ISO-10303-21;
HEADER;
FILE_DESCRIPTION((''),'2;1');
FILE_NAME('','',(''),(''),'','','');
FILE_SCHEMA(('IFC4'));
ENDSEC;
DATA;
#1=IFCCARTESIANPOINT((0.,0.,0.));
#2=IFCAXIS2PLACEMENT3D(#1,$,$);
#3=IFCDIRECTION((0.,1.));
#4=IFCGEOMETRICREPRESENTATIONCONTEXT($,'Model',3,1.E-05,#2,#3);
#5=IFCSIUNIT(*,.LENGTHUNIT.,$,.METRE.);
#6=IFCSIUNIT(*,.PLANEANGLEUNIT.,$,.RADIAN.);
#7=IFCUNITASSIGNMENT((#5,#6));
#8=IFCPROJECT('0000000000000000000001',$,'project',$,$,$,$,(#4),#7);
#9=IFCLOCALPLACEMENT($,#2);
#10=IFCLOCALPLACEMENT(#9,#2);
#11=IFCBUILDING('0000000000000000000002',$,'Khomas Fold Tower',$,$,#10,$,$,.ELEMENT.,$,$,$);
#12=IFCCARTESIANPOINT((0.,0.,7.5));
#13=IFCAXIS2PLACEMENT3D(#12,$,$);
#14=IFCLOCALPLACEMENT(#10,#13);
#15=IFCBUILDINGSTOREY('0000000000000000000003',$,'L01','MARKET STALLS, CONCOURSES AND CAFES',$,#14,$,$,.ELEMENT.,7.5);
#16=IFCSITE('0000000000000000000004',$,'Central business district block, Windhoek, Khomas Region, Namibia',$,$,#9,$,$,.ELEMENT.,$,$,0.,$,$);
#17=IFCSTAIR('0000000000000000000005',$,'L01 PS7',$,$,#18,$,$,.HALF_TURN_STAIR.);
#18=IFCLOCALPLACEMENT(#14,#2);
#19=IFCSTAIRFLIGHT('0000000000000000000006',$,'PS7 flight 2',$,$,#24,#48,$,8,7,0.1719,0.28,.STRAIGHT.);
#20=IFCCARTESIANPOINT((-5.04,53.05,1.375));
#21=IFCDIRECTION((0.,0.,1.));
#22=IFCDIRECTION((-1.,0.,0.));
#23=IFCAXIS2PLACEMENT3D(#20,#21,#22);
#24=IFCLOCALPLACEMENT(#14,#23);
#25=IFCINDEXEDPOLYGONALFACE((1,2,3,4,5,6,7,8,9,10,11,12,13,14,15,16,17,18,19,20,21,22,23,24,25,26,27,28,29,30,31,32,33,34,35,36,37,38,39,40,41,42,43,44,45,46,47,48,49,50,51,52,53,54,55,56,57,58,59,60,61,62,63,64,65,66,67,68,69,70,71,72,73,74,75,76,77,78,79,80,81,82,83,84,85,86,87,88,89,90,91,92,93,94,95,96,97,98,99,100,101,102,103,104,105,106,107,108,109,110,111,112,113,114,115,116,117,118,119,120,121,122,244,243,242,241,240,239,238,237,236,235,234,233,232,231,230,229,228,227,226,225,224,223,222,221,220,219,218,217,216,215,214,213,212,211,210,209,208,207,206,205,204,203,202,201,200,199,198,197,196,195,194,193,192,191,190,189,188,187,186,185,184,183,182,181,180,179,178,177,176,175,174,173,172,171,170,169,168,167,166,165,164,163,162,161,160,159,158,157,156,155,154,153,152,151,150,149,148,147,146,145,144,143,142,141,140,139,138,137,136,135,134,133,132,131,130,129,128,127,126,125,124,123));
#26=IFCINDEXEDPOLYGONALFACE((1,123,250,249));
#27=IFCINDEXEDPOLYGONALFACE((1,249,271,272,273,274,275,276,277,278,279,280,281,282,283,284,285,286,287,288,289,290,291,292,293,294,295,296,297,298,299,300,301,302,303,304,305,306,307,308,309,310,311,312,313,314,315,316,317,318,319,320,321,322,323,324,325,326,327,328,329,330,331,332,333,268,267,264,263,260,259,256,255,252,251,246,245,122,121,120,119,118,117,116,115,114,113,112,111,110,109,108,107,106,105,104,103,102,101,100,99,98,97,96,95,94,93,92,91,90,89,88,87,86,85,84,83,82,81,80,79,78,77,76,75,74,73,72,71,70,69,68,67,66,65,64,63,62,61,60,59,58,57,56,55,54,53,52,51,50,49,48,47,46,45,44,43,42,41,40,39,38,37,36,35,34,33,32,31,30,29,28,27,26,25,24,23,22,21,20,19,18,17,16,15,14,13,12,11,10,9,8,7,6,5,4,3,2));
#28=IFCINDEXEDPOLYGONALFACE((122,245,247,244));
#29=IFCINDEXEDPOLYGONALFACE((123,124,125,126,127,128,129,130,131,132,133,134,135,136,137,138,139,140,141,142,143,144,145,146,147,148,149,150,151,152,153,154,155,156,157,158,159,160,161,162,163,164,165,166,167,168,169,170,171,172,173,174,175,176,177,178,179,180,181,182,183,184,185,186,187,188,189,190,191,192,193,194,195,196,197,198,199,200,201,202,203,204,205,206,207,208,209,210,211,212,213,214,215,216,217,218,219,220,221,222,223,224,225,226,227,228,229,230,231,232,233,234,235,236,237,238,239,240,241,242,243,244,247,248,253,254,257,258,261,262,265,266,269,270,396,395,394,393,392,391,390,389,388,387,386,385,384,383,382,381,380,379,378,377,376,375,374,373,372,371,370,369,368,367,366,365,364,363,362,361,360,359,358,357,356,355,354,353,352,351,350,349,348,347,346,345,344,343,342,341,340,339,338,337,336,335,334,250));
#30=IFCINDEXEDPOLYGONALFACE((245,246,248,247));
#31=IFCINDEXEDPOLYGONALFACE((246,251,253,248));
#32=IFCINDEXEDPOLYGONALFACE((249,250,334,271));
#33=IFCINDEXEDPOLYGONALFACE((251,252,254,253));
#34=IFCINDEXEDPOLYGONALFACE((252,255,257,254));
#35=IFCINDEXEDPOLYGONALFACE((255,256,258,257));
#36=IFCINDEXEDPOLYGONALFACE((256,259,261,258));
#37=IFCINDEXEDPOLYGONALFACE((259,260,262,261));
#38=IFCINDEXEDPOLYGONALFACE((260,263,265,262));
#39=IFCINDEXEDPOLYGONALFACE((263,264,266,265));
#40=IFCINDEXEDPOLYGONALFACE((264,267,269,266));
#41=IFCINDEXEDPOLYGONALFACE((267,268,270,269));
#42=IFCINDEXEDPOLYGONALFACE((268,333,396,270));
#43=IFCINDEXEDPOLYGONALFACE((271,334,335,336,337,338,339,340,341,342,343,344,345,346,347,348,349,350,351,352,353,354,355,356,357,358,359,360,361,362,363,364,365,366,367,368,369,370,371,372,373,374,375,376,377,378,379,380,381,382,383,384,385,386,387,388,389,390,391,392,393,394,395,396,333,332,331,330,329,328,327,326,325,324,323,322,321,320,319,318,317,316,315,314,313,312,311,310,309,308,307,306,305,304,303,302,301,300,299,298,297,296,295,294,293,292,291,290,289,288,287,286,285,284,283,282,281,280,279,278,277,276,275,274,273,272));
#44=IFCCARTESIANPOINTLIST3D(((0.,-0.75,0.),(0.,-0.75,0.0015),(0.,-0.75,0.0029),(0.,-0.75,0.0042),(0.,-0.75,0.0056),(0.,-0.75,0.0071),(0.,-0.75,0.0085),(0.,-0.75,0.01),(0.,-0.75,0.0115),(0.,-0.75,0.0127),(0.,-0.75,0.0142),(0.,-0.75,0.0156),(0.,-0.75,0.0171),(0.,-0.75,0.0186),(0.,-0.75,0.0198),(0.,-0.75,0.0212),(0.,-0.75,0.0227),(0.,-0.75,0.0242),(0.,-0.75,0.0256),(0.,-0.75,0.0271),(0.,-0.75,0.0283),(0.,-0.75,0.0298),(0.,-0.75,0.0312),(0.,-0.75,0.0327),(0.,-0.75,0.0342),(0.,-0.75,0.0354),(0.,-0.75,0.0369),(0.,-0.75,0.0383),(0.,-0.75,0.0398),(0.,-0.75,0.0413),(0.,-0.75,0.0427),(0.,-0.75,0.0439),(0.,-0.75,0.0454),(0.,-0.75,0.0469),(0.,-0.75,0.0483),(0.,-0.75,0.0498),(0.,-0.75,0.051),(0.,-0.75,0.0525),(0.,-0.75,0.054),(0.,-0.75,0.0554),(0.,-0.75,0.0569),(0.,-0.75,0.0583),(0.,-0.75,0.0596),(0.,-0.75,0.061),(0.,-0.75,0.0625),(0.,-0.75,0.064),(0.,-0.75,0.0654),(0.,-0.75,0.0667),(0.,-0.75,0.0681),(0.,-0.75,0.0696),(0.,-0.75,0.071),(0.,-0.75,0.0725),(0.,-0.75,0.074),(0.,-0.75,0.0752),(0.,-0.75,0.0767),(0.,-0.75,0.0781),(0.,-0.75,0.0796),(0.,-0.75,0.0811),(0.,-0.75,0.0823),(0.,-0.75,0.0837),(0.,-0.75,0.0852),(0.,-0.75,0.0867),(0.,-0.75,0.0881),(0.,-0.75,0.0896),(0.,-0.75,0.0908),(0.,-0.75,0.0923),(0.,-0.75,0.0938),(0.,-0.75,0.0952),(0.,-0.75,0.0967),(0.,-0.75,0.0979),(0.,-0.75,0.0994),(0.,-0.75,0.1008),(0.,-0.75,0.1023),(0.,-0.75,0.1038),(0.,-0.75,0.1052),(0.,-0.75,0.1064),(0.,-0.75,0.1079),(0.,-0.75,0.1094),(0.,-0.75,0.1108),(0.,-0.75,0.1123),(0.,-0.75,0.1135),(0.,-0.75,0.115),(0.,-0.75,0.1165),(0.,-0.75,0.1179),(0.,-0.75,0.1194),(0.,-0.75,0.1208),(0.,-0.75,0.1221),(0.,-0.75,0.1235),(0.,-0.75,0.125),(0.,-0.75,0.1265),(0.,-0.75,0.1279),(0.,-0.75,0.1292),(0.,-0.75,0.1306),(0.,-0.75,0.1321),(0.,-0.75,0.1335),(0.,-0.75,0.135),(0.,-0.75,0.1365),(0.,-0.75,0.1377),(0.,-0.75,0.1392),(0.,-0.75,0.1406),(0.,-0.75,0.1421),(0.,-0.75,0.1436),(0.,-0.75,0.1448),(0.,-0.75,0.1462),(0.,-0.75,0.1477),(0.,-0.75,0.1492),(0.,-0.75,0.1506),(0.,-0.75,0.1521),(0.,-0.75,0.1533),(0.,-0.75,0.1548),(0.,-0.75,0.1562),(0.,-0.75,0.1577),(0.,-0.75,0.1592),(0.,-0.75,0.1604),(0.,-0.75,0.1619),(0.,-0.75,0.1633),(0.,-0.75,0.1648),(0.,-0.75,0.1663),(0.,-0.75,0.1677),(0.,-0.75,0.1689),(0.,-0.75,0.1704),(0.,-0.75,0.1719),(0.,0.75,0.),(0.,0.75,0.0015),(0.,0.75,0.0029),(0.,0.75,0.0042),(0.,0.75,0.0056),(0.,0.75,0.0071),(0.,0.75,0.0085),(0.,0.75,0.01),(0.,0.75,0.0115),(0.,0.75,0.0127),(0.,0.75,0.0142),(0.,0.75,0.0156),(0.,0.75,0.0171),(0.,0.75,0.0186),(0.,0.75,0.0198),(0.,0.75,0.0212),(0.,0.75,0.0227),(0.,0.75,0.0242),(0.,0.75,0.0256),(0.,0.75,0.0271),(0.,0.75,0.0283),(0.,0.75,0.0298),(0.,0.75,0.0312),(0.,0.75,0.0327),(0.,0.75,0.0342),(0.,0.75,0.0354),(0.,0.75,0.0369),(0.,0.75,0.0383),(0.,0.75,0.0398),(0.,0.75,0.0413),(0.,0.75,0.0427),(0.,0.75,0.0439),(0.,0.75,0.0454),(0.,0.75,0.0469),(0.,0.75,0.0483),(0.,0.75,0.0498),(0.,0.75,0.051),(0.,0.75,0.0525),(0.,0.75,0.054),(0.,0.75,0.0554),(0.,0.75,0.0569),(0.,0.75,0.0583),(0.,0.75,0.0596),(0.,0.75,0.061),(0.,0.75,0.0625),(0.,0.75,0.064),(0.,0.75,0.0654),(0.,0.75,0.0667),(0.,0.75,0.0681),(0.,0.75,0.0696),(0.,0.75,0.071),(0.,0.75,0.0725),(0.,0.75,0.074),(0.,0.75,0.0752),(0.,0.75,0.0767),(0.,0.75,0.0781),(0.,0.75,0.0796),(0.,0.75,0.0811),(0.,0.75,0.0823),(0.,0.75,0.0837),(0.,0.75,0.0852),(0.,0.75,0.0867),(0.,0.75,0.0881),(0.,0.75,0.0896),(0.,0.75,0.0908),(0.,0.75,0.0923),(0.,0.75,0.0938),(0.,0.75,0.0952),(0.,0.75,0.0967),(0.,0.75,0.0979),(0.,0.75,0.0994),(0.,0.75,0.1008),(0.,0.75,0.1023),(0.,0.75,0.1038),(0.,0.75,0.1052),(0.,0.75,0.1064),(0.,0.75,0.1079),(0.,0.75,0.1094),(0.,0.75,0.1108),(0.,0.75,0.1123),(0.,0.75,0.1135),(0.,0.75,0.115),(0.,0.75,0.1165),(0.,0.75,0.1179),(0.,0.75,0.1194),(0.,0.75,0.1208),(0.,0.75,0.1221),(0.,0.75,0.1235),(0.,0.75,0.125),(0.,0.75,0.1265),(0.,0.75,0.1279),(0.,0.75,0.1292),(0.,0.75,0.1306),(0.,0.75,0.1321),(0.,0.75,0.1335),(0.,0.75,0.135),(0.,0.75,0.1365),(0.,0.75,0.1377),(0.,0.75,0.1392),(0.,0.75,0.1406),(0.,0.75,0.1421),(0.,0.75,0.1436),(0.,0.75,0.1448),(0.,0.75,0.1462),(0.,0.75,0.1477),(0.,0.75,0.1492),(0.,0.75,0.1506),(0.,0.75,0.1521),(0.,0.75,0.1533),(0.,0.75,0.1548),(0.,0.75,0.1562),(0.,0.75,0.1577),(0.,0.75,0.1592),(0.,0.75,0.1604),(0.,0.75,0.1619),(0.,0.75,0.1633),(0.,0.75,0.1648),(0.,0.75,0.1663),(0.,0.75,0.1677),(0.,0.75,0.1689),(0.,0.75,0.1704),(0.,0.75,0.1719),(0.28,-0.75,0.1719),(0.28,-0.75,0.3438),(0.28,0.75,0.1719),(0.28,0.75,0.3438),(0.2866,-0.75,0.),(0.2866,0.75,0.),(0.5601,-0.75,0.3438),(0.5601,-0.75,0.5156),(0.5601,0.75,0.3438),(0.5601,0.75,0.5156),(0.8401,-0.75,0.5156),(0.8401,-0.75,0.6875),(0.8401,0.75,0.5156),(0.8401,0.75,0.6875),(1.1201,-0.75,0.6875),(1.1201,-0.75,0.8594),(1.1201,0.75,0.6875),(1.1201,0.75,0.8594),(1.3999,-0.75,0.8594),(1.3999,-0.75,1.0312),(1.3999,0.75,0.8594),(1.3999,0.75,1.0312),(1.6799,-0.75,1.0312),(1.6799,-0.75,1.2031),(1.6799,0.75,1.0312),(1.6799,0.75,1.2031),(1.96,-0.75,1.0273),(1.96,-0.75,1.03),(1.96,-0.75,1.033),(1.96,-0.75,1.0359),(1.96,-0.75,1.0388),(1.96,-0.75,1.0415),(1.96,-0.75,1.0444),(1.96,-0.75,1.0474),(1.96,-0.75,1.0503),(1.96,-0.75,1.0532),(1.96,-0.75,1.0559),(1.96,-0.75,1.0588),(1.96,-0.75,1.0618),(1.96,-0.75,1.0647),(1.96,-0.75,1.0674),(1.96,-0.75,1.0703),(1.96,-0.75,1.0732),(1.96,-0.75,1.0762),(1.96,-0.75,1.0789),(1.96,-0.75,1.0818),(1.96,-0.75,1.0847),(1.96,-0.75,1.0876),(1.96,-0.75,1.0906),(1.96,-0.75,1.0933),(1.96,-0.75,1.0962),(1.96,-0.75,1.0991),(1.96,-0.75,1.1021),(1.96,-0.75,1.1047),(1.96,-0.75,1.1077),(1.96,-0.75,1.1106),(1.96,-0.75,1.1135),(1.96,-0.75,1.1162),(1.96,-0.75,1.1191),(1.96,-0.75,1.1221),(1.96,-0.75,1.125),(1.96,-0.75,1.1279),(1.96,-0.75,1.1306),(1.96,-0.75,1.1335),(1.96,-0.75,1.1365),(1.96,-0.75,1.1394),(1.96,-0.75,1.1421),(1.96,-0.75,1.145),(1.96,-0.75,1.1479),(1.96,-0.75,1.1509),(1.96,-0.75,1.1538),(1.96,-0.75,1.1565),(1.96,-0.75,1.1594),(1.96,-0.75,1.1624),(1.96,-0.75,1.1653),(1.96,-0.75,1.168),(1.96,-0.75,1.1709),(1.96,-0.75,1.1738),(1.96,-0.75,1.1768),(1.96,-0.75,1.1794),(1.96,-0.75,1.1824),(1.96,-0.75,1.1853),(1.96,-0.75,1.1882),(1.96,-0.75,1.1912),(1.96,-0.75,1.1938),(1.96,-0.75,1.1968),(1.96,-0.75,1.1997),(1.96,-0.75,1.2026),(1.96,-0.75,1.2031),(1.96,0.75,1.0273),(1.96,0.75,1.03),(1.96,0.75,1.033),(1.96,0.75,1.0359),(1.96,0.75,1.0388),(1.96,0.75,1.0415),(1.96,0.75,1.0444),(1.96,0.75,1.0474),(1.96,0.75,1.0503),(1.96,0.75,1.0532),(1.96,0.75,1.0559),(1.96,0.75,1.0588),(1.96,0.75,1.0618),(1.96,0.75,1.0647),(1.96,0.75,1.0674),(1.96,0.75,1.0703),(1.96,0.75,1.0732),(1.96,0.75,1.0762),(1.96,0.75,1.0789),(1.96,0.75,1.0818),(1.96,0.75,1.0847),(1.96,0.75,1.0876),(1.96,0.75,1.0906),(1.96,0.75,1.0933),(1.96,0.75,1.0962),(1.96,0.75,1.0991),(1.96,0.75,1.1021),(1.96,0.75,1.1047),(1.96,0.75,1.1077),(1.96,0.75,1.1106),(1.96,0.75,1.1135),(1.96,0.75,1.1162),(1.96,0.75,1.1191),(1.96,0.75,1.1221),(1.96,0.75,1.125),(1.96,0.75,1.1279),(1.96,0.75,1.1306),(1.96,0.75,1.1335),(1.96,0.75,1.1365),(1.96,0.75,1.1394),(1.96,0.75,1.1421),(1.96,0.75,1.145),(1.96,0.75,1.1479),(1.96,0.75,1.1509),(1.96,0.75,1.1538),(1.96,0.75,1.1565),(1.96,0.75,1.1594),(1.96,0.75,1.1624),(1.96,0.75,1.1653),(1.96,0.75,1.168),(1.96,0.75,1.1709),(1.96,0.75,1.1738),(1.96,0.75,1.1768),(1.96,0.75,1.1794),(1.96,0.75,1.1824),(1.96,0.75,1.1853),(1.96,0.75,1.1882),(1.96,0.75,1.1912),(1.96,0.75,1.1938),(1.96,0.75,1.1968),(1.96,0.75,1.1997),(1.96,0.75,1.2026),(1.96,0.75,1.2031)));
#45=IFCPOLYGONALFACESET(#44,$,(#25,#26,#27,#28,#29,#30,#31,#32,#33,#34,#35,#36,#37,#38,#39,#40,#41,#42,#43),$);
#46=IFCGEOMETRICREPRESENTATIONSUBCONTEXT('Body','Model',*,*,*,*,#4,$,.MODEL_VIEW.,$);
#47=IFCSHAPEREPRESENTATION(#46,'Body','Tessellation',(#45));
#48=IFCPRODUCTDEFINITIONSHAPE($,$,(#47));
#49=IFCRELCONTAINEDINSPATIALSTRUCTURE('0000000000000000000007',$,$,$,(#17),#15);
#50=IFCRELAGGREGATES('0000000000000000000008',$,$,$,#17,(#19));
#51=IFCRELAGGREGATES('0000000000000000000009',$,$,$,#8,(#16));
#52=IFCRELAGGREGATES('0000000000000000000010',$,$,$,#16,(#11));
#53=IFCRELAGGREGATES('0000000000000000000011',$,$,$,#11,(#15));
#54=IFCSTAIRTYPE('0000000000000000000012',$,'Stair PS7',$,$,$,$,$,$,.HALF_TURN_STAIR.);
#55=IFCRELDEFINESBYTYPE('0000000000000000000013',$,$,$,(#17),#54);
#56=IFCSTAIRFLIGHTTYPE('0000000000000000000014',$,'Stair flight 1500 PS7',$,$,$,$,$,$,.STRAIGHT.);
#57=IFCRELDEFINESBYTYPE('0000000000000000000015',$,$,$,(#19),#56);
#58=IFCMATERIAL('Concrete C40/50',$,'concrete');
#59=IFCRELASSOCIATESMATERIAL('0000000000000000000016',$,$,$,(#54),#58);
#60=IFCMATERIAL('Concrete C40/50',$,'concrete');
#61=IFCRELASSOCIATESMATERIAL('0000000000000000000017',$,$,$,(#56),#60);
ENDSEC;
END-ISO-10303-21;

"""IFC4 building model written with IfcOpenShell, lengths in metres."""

from ifc_helpers import new_model, si_unit, direction, frame, origin, place, context, subcontext, project, spatial, polyline, outline, extrude, source, transform, mapped, material, type_object, element, aggregate, save


model = new_model("IFC4")

# Units and contexts
model_context = context("Model", 3, precision=1e-05, world=origin(), true_north=direction((0.0, 1.0)))
body_context = subcontext(model_context, "Body", "Model", "MODEL_VIEW")
ifc_project = project(units=[si_unit("LENGTHUNIT", "METRE"), si_unit("PLANEANGLEUNIT", "RADIAN")], contexts=[model_context])

# Site, building, storey
site_placement = place(None, origin())
site = spatial("IfcSite", under=ifc_project, at=site_placement, Name="Central business district block, Windhoek, Khomas Region, Namibia", CompositionType="ELEMENT", RefElevation=0.0)
building_placement = place(site_placement, origin())
building = spatial("IfcBuilding", under=site, at=building_placement, Name="Khomas Fold Tower", CompositionType="ELEMENT")
storey_placement = place(building_placement, frame((0.0, 0.0, 7.5)))
storey = spatial("IfcBuildingStorey", under=building, at=storey_placement, Name="L01", Description="MARKET STALLS, CONCOURSES AND CAFES", CompositionType="ELEMENT", Elevation=7.5)

# Stair, stair flight
ifc_material_1 = material(Name="Concrete C40/50", Category="concrete")
stair_type = type_object("IfcStairType", Name="Stair PS7", PredefinedType="HALF_TURN_STAIR", material=ifc_material_1)
stair_placement = place(storey_placement, origin())
stair = element("IfcStair", 1, at=stair_placement, inside=storey, type_object=stair_type, Name="L01 PS7", PredefinedType="HALF_TURN_STAIR")
ifc_material_2 = material(Name="Concrete C40/50", Category="concrete")
stair_flight_type = type_object("IfcStairFlightType", Name="Stair flight 1500 PS7", PredefinedType="STRAIGHT", material=ifc_material_2)
shared_shape_1 = source(origin(), body_context, "Body", "SweptSolid", [
    extrude(outline(polyline([(0.0, 0.0), (0.0, 0.0015), (0.0, 0.0029), (0.0, 0.0042), (0.0, 0.0056), (0.0, 0.0071), (0.0, 0.0085), (0.0, 0.01), (0.0, 0.0115), (0.0, 0.0127), (0.0, 0.0142), (0.0, 0.0156), (0.0, 0.0171), (0.0, 0.0186), (0.0, 0.0198), (0.0, 0.0212), (0.0, 0.0227), (0.0, 0.0242), (0.0, 0.0256), (0.0, 0.0271), (0.0, 0.0283), (0.0, 0.0298), (0.0, 0.0312), (0.0, 0.0327), (0.0, 0.0342), (0.0, 0.0354), (0.0, 0.0369), (0.0, 0.0383), (0.0, 0.0398), (0.0, 0.0413), (0.0, 0.0427), (0.0, 0.0439), (0.0, 0.0454), (0.0, 0.0469), (0.0, 0.0483), (0.0, 0.0498), (0.0, 0.051), (0.0, 0.0525), (0.0, 0.054), (0.0, 0.0554), (0.0, 0.0569), (0.0, 0.0583), (0.0, 0.0596), (0.0, 0.061), (0.0, 0.0625), (0.0, 0.064), (0.0, 0.0654), (0.0, 0.0667), (0.0, 0.0681), (0.0, 0.0696), (0.0, 0.071), (0.0, 0.0725), (0.0, 0.074), (0.0, 0.0752), (0.0, 0.0767), (0.0, 0.0781), (0.0, 0.0796), (0.0, 0.0811), (0.0, 0.0823), (0.0, 0.0837), (0.0, 0.0852), (0.0, 0.0867), (0.0, 0.0881), (0.0, 0.0896), (0.0, 0.0908), (0.0, 0.0923), (0.0, 0.0938), (0.0, 0.0952), (0.0, 0.0967), (0.0, 0.0979), (0.0, 0.0994), (0.0, 0.1008), (0.0, 0.1023), (0.0, 0.1038), (0.0, 0.1052), (0.0, 0.1064), (0.0, 0.1079), (0.0, 0.1094), (0.0, 0.1108), (0.0, 0.1123), (0.0, 0.1135), (0.0, 0.115), (0.0, 0.1165), (0.0, 0.1179), (0.0, 0.1194), (0.0, 0.1208), (0.0, 0.1221), (0.0, 0.1235), (0.0, 0.125), (0.0, 0.1265), (0.0, 0.1279), (0.0, 0.1292), (0.0, 0.1306), (0.0, 0.1321), (0.0, 0.1335), (0.0, 0.135), (0.0, 0.1365), (0.0, 0.1377), (0.0, 0.1392), (0.0, 0.1406), (0.0, 0.1421), (0.0, 0.1436), (0.0, 0.1448), (0.0, 0.1462), (0.0, 0.1477), (0.0, 0.1492), (0.0, 0.1506), (0.0, 0.1521), (0.0, 0.1533), (0.0, 0.1548), (0.0, 0.1562), (0.0, 0.1577), (0.0, 0.1592), (0.0, 0.1604), (0.0, 0.1619), (0.0, 0.1633), (0.0, 0.1648), (0.0, 0.1663), (0.0, 0.1677), (0.0, 0.1689), (0.0, 0.1704), (0.0, 0.1719), (0.28, 0.1719), (0.28, 0.3438), (0.5601, 0.3438), (0.5601, 0.5156), (0.8401, 0.5156), (0.8401, 0.6875), (1.1201, 0.6875), (1.1201, 0.8594), (1.3999, 0.8594), (1.3999, 1.0312), (1.6799, 1.0312), (1.6799, 1.2031), (1.96, 1.2031), (1.96, 1.375), (1.96, 1.3721), (1.96, 1.3691), (1.96, 1.3665), (1.96, 1.3635), (1.96, 1.3606), (1.96, 1.3577), (1.96, 1.355), (1.96, 1.3521), (1.96, 1.3491), (1.96, 1.3462), (1.96, 1.3435), (1.96, 1.3406), (1.96, 1.3376), (1.96, 1.3347), (1.96, 1.3318), (1.96, 1.3291), (1.96, 1.3262), (1.96, 1.3232), (1.96, 1.3203), (1.96, 1.3176), (1.96, 1.3147), (1.96, 1.3118), (1.96, 1.3088), (1.96, 1.3059), (1.96, 1.3032), (1.96, 1.3003), (1.96, 1.2974), (1.96, 1.2944), (1.96, 1.2917), (1.96, 1.2888), (1.96, 1.2859), (1.96, 1.283), (1.96, 1.2803), (1.96, 1.2773), (1.96, 1.2744), (1.96, 1.2715), (1.96, 1.2686), (1.96, 1.2659), (1.96, 1.2629), (1.96, 1.26), (1.96, 1.2571), (1.96, 1.2544), (1.96, 1.2515), (1.96, 1.2485), (1.96, 1.2456), (1.96, 1.2427), (1.96, 1.24), (1.96, 1.2371), (1.96, 1.2341), (1.96, 1.2312), (1.96, 1.2285), (1.96, 1.2256), (1.96, 1.2227), (1.96, 1.2197), (1.96, 1.217), (1.96, 1.2141), (1.96, 1.2112), (1.96, 1.2083), (1.96, 1.2053), (1.96, 1.2026), (1.96, 1.1997), (1.96, 1.1968), (1.96, 1.1938), (1.96, 1.1912), (1.96, 1.1882), (1.96, 1.1853), (1.96, 1.1824), (1.96, 1.1794), (1.96, 1.1768), (1.96, 1.1738), (1.96, 1.1709), (1.96, 1.168), (1.96, 1.1653), (1.96, 1.1624), (1.96, 1.1594), (1.96, 1.1565), (1.96, 1.1538), (1.96, 1.1509), (1.96, 1.1479), (1.96, 1.145), (1.96, 1.1421), (1.96, 1.1394), (1.96, 1.1365), (1.96, 1.1335), (1.96, 1.1306), (1.96, 1.1279), (1.96, 1.125), (1.96, 1.1221), (1.96, 1.1191), (1.96, 1.1162), (1.96, 1.1135), (1.96, 1.1106), (1.96, 1.1077), (1.96, 1.1047), (1.96, 1.1021), (1.96, 1.0991), (1.96, 1.0962), (1.96, 1.0933), (1.96, 1.0906), (1.96, 1.0876), (1.96, 1.0847), (1.96, 1.0818), (1.96, 1.0789), (1.96, 1.0762), (1.96, 1.0732), (1.96, 1.0703), (1.96, 1.0674), (1.96, 1.0647), (1.96, 1.0618), (1.96, 1.0588), (1.96, 1.0559), (1.96, 1.0532), (1.96, 1.0503), (1.96, 1.0474), (1.96, 1.0444), (1.96, 1.0415), (1.96, 1.0388), (1.96, 1.0359), (1.96, 1.033), (1.96, 1.03), (1.96, 1.0273), (0.2866, 0.0), (0.0, 0.0)])), frame((0.0, 0.75, 0.0), z_axis=(0.0, -1.0, 0.0), x_axis=(1.0, 0.0, 0.0)), (0.0, 0.0, 1.0), 1.5),
])
stair_flight_1_placement = place(storey_placement, frame((-5.04, 53.05, 1.375), z_axis=(0.0, 0.0, 1.0), x_axis=(-1.0, 0.0, 0.0)))
stair_flight_1 = element("IfcStairFlight", 2, at=stair_flight_1_placement, type_object=stair_flight_type, Name="PS7 flight 2", NumberOfRisers=8, NumberOfTreads=7, PredefinedType="STRAIGHT", RiserHeight=0.1719, TreadLength=0.28, context=body_context, shape_type="MappedRepresentation", body=[
    mapped(shared_shape_1, transform((0.0, 0.0, 0.0))),
])
aggregate(stair, [stair_flight_1])

save(model, "model.ifc")
